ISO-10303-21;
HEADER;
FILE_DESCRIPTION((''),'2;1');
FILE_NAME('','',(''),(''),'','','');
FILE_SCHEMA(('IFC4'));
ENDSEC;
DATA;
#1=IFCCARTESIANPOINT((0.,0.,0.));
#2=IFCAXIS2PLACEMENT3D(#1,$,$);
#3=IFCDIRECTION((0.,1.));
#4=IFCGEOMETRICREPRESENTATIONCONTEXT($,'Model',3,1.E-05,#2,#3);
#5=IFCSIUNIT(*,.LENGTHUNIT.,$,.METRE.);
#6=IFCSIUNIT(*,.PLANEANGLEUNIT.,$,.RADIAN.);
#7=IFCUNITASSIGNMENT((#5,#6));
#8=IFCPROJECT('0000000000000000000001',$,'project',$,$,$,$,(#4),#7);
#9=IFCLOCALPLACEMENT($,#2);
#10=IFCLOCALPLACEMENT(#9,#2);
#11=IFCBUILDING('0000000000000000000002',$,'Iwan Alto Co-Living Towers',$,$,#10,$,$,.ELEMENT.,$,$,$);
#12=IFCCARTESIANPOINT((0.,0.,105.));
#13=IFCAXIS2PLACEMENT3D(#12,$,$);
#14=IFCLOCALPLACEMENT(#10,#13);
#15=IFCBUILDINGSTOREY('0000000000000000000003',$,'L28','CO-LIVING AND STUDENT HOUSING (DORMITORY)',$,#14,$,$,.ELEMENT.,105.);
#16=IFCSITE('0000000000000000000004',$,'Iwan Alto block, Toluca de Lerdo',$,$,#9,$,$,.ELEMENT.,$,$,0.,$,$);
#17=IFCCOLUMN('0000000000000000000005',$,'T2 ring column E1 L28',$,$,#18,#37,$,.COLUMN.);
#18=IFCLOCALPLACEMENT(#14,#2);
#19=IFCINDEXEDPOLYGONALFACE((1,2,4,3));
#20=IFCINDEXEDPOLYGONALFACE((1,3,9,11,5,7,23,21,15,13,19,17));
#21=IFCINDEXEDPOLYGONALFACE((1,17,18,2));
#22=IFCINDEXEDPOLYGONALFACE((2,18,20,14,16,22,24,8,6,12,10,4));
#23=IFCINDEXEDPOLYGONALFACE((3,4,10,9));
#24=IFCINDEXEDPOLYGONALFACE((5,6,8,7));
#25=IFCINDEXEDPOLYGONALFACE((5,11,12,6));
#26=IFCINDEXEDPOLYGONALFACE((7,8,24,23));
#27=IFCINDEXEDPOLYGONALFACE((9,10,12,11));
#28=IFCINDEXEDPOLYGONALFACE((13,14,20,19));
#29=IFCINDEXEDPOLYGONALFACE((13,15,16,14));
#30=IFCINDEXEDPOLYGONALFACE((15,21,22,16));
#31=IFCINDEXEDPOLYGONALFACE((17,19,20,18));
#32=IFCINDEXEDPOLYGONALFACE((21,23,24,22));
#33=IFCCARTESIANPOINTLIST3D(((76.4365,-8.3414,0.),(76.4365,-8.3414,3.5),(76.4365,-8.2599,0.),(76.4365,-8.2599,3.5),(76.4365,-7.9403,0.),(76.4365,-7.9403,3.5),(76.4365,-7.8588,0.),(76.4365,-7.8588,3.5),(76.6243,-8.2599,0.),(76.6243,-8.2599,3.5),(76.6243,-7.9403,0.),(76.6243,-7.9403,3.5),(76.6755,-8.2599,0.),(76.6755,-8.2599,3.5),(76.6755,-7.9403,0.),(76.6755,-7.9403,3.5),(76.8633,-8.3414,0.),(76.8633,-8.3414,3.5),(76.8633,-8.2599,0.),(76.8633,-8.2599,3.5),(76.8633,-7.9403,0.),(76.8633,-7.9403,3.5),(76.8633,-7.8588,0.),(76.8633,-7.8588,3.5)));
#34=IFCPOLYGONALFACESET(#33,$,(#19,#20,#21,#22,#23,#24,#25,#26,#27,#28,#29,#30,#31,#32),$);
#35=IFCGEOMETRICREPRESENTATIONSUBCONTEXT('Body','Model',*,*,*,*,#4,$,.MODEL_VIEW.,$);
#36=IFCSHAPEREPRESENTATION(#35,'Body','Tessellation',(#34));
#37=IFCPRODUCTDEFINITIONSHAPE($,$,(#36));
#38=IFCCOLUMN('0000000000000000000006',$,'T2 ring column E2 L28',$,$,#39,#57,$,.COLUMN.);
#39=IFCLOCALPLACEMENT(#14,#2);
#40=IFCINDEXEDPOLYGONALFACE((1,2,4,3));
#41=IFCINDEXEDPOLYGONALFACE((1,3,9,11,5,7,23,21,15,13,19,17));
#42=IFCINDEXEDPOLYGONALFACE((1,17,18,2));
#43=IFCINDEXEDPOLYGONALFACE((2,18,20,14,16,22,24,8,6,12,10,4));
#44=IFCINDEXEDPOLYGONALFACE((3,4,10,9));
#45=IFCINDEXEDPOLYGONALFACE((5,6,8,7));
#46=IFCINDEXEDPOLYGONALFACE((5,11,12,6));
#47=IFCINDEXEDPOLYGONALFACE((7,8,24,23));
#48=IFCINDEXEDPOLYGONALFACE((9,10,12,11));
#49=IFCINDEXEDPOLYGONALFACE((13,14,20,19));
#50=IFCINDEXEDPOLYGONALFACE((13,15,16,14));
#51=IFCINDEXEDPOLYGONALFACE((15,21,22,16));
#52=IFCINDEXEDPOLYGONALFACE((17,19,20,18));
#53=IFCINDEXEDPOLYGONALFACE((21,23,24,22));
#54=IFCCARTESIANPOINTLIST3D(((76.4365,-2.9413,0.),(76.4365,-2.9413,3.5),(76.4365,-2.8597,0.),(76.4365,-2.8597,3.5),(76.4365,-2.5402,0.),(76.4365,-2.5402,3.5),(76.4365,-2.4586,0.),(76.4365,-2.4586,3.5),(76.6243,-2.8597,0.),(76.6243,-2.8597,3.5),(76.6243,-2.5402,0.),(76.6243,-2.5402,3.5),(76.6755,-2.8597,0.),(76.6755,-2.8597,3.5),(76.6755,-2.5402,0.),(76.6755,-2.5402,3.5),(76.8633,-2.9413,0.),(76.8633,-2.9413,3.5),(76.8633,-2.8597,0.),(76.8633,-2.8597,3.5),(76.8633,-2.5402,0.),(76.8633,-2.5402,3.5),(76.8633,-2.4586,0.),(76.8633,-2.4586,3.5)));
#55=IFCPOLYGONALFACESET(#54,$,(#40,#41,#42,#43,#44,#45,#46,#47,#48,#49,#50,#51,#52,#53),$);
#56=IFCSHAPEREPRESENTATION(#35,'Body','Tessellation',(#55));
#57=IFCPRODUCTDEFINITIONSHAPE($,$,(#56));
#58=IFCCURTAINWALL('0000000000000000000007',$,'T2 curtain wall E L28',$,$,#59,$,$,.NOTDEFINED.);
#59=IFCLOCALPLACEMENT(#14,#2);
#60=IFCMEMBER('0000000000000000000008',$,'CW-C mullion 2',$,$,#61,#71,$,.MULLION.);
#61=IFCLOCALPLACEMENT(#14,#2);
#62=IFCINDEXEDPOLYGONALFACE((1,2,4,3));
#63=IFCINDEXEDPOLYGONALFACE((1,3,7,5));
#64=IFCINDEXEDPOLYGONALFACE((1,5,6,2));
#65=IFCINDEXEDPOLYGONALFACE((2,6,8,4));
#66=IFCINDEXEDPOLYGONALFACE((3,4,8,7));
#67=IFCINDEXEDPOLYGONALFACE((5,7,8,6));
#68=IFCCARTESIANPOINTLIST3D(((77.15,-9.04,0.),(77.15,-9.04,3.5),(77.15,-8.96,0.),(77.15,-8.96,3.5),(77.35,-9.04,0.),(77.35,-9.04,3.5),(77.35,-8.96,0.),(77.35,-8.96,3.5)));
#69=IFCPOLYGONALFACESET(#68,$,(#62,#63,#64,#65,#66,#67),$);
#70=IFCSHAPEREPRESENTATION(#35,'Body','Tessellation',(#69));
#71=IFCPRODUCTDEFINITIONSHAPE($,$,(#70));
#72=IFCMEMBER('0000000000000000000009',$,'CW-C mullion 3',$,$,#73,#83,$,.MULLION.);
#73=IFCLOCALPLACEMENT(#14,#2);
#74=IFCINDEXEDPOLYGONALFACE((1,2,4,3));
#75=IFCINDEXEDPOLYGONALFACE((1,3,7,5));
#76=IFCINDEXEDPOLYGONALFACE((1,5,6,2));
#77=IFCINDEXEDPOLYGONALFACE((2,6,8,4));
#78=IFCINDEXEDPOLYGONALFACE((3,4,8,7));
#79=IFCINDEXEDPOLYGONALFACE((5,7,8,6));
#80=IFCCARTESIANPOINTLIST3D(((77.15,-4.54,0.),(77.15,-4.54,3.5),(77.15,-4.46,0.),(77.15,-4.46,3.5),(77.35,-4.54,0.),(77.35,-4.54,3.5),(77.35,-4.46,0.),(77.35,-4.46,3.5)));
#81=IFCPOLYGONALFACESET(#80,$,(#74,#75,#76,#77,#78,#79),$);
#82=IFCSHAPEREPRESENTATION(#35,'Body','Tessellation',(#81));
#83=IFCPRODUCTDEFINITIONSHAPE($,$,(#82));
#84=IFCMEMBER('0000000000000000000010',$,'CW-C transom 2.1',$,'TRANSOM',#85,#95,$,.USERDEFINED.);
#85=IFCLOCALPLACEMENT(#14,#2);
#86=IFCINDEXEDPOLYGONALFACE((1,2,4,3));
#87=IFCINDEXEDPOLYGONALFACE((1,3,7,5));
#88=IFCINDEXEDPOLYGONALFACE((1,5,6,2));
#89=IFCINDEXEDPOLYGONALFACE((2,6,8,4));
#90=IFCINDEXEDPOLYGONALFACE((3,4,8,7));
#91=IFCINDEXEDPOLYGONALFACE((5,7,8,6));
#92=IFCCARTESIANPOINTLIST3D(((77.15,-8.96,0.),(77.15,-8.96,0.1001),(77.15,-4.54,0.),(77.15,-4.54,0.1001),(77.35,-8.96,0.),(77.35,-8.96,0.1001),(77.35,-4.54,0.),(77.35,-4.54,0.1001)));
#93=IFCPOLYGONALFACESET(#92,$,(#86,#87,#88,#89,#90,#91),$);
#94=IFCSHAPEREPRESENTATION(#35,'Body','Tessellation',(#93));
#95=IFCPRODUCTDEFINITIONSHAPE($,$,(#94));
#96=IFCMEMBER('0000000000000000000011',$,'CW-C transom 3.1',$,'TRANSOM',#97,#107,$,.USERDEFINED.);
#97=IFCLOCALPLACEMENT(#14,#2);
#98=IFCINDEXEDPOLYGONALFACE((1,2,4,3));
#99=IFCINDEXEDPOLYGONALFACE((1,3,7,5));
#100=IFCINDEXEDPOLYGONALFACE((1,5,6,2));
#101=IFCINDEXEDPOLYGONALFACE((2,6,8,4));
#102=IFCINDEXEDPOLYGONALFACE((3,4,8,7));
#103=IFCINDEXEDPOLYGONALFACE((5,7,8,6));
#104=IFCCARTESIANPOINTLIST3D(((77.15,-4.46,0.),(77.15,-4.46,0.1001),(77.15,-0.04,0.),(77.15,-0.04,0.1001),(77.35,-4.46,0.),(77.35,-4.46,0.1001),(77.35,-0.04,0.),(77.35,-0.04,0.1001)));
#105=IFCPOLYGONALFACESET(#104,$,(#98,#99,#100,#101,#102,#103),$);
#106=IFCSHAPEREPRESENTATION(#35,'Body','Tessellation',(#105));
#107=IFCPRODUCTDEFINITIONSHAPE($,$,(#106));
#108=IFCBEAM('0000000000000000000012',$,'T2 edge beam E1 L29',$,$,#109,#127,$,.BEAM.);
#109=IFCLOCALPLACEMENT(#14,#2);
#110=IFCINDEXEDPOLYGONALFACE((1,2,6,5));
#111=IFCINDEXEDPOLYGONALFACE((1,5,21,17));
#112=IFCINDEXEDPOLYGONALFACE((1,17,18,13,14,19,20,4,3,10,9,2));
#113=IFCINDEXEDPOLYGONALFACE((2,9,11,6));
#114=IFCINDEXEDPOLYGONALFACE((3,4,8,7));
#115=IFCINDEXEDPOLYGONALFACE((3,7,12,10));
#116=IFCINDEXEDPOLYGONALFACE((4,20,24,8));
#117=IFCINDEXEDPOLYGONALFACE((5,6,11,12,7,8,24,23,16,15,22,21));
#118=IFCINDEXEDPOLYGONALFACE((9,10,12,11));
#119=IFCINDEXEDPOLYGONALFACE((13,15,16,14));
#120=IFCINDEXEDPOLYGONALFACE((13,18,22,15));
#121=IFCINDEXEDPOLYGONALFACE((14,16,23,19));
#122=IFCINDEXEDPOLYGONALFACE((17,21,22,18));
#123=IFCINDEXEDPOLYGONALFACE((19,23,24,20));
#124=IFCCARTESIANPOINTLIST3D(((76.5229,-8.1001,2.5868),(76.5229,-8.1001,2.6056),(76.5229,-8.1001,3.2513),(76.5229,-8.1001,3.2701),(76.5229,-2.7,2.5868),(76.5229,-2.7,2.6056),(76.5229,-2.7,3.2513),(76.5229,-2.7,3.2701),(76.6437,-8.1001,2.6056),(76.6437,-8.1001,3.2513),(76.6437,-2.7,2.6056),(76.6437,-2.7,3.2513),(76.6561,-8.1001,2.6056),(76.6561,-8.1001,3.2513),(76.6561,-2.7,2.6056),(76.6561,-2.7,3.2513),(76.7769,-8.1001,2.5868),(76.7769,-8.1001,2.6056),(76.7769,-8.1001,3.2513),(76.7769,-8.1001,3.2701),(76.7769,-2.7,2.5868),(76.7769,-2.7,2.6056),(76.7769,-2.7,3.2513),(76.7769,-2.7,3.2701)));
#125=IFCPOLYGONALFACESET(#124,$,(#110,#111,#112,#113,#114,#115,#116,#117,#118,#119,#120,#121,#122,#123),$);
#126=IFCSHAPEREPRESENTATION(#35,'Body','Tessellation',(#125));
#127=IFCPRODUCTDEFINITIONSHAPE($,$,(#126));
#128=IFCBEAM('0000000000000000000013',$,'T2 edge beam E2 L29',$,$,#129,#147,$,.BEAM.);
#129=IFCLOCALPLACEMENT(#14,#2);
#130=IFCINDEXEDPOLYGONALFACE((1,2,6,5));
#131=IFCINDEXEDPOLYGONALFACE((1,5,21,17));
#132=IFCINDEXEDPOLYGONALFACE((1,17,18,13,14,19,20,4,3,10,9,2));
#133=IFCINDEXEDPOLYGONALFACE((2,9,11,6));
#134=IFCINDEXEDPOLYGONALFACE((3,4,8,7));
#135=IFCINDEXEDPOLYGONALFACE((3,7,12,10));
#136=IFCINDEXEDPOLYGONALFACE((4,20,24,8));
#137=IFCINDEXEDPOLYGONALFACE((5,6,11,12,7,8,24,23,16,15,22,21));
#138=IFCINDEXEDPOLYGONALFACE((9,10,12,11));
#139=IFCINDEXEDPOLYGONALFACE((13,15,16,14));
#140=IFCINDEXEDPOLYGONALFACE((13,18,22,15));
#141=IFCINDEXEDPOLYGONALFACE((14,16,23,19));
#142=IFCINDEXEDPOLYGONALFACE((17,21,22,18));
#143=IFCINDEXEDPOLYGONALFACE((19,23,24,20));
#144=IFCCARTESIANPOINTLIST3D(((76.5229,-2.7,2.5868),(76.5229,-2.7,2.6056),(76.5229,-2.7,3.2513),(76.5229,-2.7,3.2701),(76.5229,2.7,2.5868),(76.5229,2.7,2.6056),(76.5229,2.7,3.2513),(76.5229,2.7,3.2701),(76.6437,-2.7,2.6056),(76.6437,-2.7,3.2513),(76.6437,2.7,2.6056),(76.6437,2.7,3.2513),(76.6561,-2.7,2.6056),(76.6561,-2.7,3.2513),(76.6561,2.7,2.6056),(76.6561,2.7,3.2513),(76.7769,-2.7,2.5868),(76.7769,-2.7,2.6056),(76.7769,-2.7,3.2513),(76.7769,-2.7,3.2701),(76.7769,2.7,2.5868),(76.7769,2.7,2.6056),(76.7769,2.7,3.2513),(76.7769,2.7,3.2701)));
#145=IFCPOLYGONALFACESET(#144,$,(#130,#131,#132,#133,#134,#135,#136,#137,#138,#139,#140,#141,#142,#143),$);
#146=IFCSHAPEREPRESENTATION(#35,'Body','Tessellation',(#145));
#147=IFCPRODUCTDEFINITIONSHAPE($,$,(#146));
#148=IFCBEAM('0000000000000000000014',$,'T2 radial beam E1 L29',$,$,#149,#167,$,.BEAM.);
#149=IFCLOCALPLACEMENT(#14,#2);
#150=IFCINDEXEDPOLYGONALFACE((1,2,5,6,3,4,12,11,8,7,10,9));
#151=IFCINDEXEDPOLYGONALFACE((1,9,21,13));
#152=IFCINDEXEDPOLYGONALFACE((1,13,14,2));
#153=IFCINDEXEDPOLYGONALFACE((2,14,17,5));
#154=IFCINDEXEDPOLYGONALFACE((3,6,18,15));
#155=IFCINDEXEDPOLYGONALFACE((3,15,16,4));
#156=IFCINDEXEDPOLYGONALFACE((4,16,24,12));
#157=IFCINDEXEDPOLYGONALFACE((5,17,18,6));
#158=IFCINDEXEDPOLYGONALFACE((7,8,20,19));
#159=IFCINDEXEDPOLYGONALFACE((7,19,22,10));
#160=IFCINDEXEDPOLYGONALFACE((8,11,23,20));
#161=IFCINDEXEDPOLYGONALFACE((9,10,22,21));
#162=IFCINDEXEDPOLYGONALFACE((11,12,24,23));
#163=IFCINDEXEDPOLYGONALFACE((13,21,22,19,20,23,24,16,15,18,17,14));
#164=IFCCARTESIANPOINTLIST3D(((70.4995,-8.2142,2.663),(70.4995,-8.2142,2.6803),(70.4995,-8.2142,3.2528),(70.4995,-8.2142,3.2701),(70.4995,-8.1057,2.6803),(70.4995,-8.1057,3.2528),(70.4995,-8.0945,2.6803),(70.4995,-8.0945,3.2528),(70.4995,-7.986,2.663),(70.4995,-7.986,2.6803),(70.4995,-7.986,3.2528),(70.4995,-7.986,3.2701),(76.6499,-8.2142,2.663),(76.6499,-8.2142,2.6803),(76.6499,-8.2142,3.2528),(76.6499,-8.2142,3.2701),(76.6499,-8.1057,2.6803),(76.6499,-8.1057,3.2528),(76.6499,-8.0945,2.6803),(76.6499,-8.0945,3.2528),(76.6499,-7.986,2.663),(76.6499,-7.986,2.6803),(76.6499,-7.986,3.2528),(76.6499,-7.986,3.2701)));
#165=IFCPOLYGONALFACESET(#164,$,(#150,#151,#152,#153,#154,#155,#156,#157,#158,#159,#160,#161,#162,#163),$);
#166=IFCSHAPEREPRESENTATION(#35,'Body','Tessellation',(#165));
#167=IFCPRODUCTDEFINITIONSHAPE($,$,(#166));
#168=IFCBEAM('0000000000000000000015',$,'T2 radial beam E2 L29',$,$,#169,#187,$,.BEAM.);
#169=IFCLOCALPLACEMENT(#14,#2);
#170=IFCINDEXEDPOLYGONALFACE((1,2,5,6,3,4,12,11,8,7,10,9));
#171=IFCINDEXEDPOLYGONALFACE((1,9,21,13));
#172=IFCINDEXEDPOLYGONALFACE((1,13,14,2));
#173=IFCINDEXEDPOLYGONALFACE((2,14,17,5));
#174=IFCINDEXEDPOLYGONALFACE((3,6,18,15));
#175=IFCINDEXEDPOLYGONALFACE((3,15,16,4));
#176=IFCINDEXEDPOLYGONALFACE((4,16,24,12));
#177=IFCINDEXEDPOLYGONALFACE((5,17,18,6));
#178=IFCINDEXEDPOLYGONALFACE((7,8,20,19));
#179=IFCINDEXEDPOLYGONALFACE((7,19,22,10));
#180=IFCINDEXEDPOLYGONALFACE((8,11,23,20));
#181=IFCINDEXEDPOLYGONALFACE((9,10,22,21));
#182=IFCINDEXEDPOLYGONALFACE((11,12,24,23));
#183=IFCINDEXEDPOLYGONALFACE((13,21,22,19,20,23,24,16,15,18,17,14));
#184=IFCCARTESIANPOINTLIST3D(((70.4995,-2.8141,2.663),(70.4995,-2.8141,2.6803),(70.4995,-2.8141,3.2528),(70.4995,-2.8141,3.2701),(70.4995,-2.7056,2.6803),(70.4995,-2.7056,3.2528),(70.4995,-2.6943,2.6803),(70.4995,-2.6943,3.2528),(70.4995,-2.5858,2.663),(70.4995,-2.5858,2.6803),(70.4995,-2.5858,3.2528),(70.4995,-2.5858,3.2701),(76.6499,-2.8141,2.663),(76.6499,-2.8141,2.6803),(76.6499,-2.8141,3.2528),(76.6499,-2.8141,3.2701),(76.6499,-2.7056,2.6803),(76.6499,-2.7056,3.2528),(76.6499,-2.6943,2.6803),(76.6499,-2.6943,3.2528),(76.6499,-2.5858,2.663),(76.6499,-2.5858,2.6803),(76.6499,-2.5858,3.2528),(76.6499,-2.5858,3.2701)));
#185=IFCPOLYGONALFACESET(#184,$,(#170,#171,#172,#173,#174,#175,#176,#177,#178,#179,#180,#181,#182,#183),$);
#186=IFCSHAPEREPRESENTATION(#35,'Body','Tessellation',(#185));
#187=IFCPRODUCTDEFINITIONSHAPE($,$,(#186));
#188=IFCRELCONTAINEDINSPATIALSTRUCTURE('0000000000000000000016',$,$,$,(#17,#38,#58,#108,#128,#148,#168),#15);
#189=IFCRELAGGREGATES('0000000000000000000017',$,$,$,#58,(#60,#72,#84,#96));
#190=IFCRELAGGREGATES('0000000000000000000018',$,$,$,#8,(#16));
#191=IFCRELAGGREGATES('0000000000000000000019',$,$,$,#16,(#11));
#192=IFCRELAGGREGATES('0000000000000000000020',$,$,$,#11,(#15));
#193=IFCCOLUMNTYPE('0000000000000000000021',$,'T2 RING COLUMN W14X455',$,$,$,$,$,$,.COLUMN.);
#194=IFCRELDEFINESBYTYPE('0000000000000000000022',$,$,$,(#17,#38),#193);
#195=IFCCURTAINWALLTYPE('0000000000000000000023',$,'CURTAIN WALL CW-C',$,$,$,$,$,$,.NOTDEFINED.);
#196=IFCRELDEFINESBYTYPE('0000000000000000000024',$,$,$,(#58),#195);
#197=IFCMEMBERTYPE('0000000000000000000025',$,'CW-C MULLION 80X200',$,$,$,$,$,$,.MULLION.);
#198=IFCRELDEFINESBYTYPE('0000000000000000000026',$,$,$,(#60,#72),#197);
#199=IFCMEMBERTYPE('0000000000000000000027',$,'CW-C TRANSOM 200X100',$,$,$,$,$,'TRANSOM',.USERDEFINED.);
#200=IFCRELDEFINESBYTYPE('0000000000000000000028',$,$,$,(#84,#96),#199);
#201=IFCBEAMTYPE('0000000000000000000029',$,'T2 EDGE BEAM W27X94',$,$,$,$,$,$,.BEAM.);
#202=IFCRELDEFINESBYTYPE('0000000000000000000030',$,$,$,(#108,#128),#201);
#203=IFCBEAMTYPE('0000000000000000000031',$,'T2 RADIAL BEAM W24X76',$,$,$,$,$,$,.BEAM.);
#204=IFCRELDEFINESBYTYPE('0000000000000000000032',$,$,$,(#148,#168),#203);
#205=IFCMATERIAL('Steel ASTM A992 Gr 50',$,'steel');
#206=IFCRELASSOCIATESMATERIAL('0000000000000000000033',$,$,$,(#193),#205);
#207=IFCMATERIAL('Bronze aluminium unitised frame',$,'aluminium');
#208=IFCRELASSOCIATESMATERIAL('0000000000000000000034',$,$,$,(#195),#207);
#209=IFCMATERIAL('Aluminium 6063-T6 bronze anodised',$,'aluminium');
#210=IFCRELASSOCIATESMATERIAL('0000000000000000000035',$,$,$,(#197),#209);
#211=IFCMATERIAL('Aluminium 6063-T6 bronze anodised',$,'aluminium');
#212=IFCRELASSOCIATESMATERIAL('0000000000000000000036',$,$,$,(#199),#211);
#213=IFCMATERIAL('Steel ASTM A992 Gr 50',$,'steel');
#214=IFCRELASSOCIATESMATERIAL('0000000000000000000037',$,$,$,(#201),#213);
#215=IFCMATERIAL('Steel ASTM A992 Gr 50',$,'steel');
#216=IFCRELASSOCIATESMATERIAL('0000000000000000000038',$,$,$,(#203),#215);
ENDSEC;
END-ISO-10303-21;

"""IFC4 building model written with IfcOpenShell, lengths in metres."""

from ifc_helpers import new_model, si_unit, direction, frame, origin, origin_2d, place, context, subcontext, project, spatial, rectangle, i_section, extrude, material, material_profile, profile_set, type_object, element, aggregate, save


model = new_model("IFC4")

# Units and contexts
model_context = context("Model", 3, precision=1e-05, world=origin(), true_north=direction((0.0, 1.0)))
body_context = subcontext(model_context, "Body", "Model", "MODEL_VIEW")
ifc_project = project(units=[si_unit("LENGTHUNIT", "METRE"), si_unit("PLANEANGLEUNIT", "RADIAN")], contexts=[model_context])

# Site, building, storey
site_placement = place(None, origin())
site = spatial("IfcSite", under=ifc_project, at=site_placement, Name="Iwan Alto block, Toluca de Lerdo", CompositionType="ELEMENT", RefElevation=0.0)
building_placement = place(site_placement, origin())
building = spatial("IfcBuilding", under=site, at=building_placement, Name="Iwan Alto Co-Living Towers", CompositionType="ELEMENT")
storey_placement = place(building_placement, frame((0.0, 0.0, 105.0)))
storey = spatial("IfcBuildingStorey", under=building, at=storey_placement, Name="L28", Description="CO-LIVING AND STUDENT HOUSING (DORMITORY)", CompositionType="ELEMENT", Elevation=105.0)

# Columns
ifc_material_1 = material(Name="Steel ASTM A992 Gr 50", Category="steel")
ifc_material_profile_1 = material_profile(ifc_material_1, i_section(OverallWidth=0.4268, OverallDepth=0.4827, WebThickness=0.0513, FlangeThickness=0.0815, at=origin_2d()), Name="W14X455")
ifc_profile_set_1 = profile_set([ifc_material_profile_1], Name="Steel ASTM A992 Gr 50")
column_type = type_object("IfcColumnType", Name="T2 RING COLUMN W14X455", PredefinedType="COLUMN", material=ifc_profile_set_1)
for number, where, z_axis, x_axis, name in (
    (1, (76.6499, -8.1001, 0.0), (0.0, 0.0, 1.0), (1.0, 0.0, 0.0), "T2 ring column E1 L28"),
    (2, (76.6499, -2.7, 0.0), (0.0, 0.0, 1.0), (1.0, 0.0, 0.0), "T2 ring column E2 L28"),
):
    element("IfcColumn", number, at=place(storey_placement, frame(where, z_axis=z_axis, x_axis=x_axis)), inside=storey, type_object=column_type, Name=name, PredefinedType="COLUMN", context=body_context, shape_type="SweptSolid", body=[
        extrude(i_section(OverallWidth=0.4268, OverallDepth=0.4827, WebThickness=0.0513, FlangeThickness=0.0815, at=origin_2d()), origin(), (0.0, 0.0, 1.0), 3.5),
    ])

# Curtain wall, members
ifc_material_2 = material(Name="Bronze aluminium unitised frame", Category="aluminium")
curtain_wall_type = type_object("IfcCurtainWallType", Name="CURTAIN WALL CW-C", PredefinedType="NOTDEFINED", material=ifc_material_2)
curtain_wall_placement = place(storey_placement, origin())
curtain_wall = element("IfcCurtainWall", 3, at=curtain_wall_placement, inside=storey, type_object=curtain_wall_type, Name="T2 curtain wall E L28", PredefinedType="NOTDEFINED")
ifc_material_3 = material(Name="Aluminium 6063-T6 bronze anodised", Category="aluminium")
ifc_material_profile_2 = material_profile(ifc_material_3, rectangle(XDim=0.2, YDim=0.0801, at=origin_2d()), Name="AL 80X200")
ifc_profile_set_2 = profile_set([ifc_material_profile_2], Name="Aluminium 6063-T6 bronze anodised")
member_type_1 = type_object("IfcMemberType", Name="CW-C MULLION 80X200", PredefinedType="MULLION", material=ifc_profile_set_2)
member_1_placement = place(storey_placement, frame((77.25, -9.0, 0.0), z_axis=(0.0, 0.0, 1.0), x_axis=(-1.0, 0.0, 0.0)))
member_1 = element("IfcMember", 4, at=member_1_placement, type_object=member_type_1, Name="CW-C mullion 2", PredefinedType="MULLION", context=body_context, shape_type="SweptSolid", body=[
    extrude(rectangle(XDim=0.2, YDim=0.0801, at=origin_2d()), origin(), (0.0, 0.0, 1.0), 3.5),
])
member_2_placement = place(storey_placement, frame((77.25, -4.5, 0.0), z_axis=(0.0, 0.0, 1.0), x_axis=(-1.0, 0.0, 0.0)))
member_2 = element("IfcMember", 5, at=member_2_placement, type_object=member_type_1, Name="CW-C mullion 3", PredefinedType="MULLION", context=body_context, shape_type="SweptSolid", body=[
    extrude(rectangle(XDim=0.2, YDim=0.0801, at=origin_2d()), origin(), (0.0, 0.0, 1.0), 3.5),
])
ifc_material_4 = material(Name="Aluminium 6063-T6 bronze anodised", Category="aluminium")
ifc_material_profile_3 = material_profile(ifc_material_4, rectangle(XDim=0.2, YDim=0.1001, at=origin_2d()), Name="AL 200X100")
ifc_profile_set_3 = profile_set([ifc_material_profile_3], Name="Aluminium 6063-T6 bronze anodised")
member_type_2 = type_object("IfcMemberType", Name="CW-C TRANSOM 200X100", ElementType="TRANSOM", PredefinedType="USERDEFINED", material=ifc_profile_set_3)
member_3_placement = place(storey_placement, frame((77.25, -8.96, 0.05), z_axis=(0.0, 1.0, 0.0), x_axis=(-1.0, 0.0, 0.0)))
member_3 = element("IfcMember", 6, at=member_3_placement, type_object=member_type_2, Name="CW-C transom 2.1", ObjectType="TRANSOM", PredefinedType="USERDEFINED", context=body_context, shape_type="SweptSolid", body=[
    extrude(rectangle(XDim=0.2, YDim=0.1001, at=origin_2d()), origin(), (0.0, 0.0, 1.0), 4.4199),
])
member_4_placement = place(storey_placement, frame((77.25, -4.46, 0.05), z_axis=(0.0, 1.0, 0.0), x_axis=(-1.0, 0.0, 0.0)))
member_4 = element("IfcMember", 7, at=member_4_placement, type_object=member_type_2, Name="CW-C transom 3.1", ObjectType="TRANSOM", PredefinedType="USERDEFINED", context=body_context, shape_type="SweptSolid", body=[
    extrude(rectangle(XDim=0.2, YDim=0.1001, at=origin_2d()), origin(), (0.0, 0.0, 1.0), 4.4199),
])

# Beams
ifc_material_5 = material(Name="Steel ASTM A992 Gr 50", Category="steel")
ifc_material_profile_4 = material_profile(ifc_material_5, i_section(OverallWidth=0.2539, OverallDepth=0.6833, WebThickness=0.0125, FlangeThickness=0.0188, at=origin_2d()), Name="W27X94")
ifc_profile_set_4 = profile_set([ifc_material_profile_4], Name="Steel ASTM A992 Gr 50")
beam_type_1 = type_object("IfcBeamType", Name="T2 EDGE BEAM W27X94", PredefinedType="BEAM", material=ifc_profile_set_4)
beam_1_placement = place(storey_placement, frame((76.6499, -8.1001, 2.9285), z_axis=(0.0, 1.0, 0.0), x_axis=(-1.0, 0.0, 0.0)))
element("IfcBeam", 8, at=beam_1_placement, inside=storey, type_object=beam_type_1, Name="T2 edge beam E1 L29", PredefinedType="BEAM", context=body_context, shape_type="SweptSolid", body=[
    extrude(i_section(OverallWidth=0.2539, OverallDepth=0.6833, WebThickness=0.0125, FlangeThickness=0.0188, at=origin_2d()), origin(), (0.0, 0.0, 1.0), 5.4001),
])
beam_2_placement = place(storey_placement, frame((76.6499, -2.7, 2.9285), z_axis=(0.0, 1.0, 0.0), x_axis=(-1.0, 0.0, 0.0)))
element("IfcBeam", 9, at=beam_2_placement, inside=storey, type_object=beam_type_1, Name="T2 edge beam E2 L29", PredefinedType="BEAM", context=body_context, shape_type="SweptSolid", body=[
    extrude(i_section(OverallWidth=0.2539, OverallDepth=0.6833, WebThickness=0.0125, FlangeThickness=0.0188, at=origin_2d()), origin(), (0.0, 0.0, 1.0), 5.3999),
])
ifc_material_6 = material(Name="Steel ASTM A992 Gr 50", Category="steel")
ifc_material_profile_5 = material_profile(ifc_material_6, i_section(OverallWidth=0.2283, OverallDepth=0.6072, WebThickness=0.0112, FlangeThickness=0.0173, at=origin_2d()), Name="W24X76")
ifc_profile_set_5 = profile_set([ifc_material_profile_5], Name="Steel ASTM A992 Gr 50")
beam_type_2 = type_object("IfcBeamType", Name="T2 RADIAL BEAM W24X76", PredefinedType="BEAM", material=ifc_profile_set_5)
for number, where, z_axis, x_axis, name in (
    (10, (76.6499, -8.1001, 2.9666), (-1.0, 0.0, 0.0), (0.0, -1.0, 0.0), "T2 radial beam E1 L29"),
    (11, (76.6499, -2.7, 2.9666), (-1.0, 0.0, 0.0), (0.0, -1.0, 0.0), "T2 radial beam E2 L29"),
):
    element("IfcBeam", number, at=place(storey_placement, frame(where, z_axis=z_axis, x_axis=x_axis)), inside=storey, type_object=beam_type_2, Name=name, PredefinedType="BEAM", context=body_context, shape_type="SweptSolid", body=[
        extrude(i_section(OverallWidth=0.2283, OverallDepth=0.6072, WebThickness=0.0112, FlangeThickness=0.0173, at=origin_2d()), origin(), (0.0, 0.0, 1.0), 6.1504),
    ])

aggregate(curtain_wall, [member_1, member_2, member_3, member_4])

save(model, "model.ifc")
